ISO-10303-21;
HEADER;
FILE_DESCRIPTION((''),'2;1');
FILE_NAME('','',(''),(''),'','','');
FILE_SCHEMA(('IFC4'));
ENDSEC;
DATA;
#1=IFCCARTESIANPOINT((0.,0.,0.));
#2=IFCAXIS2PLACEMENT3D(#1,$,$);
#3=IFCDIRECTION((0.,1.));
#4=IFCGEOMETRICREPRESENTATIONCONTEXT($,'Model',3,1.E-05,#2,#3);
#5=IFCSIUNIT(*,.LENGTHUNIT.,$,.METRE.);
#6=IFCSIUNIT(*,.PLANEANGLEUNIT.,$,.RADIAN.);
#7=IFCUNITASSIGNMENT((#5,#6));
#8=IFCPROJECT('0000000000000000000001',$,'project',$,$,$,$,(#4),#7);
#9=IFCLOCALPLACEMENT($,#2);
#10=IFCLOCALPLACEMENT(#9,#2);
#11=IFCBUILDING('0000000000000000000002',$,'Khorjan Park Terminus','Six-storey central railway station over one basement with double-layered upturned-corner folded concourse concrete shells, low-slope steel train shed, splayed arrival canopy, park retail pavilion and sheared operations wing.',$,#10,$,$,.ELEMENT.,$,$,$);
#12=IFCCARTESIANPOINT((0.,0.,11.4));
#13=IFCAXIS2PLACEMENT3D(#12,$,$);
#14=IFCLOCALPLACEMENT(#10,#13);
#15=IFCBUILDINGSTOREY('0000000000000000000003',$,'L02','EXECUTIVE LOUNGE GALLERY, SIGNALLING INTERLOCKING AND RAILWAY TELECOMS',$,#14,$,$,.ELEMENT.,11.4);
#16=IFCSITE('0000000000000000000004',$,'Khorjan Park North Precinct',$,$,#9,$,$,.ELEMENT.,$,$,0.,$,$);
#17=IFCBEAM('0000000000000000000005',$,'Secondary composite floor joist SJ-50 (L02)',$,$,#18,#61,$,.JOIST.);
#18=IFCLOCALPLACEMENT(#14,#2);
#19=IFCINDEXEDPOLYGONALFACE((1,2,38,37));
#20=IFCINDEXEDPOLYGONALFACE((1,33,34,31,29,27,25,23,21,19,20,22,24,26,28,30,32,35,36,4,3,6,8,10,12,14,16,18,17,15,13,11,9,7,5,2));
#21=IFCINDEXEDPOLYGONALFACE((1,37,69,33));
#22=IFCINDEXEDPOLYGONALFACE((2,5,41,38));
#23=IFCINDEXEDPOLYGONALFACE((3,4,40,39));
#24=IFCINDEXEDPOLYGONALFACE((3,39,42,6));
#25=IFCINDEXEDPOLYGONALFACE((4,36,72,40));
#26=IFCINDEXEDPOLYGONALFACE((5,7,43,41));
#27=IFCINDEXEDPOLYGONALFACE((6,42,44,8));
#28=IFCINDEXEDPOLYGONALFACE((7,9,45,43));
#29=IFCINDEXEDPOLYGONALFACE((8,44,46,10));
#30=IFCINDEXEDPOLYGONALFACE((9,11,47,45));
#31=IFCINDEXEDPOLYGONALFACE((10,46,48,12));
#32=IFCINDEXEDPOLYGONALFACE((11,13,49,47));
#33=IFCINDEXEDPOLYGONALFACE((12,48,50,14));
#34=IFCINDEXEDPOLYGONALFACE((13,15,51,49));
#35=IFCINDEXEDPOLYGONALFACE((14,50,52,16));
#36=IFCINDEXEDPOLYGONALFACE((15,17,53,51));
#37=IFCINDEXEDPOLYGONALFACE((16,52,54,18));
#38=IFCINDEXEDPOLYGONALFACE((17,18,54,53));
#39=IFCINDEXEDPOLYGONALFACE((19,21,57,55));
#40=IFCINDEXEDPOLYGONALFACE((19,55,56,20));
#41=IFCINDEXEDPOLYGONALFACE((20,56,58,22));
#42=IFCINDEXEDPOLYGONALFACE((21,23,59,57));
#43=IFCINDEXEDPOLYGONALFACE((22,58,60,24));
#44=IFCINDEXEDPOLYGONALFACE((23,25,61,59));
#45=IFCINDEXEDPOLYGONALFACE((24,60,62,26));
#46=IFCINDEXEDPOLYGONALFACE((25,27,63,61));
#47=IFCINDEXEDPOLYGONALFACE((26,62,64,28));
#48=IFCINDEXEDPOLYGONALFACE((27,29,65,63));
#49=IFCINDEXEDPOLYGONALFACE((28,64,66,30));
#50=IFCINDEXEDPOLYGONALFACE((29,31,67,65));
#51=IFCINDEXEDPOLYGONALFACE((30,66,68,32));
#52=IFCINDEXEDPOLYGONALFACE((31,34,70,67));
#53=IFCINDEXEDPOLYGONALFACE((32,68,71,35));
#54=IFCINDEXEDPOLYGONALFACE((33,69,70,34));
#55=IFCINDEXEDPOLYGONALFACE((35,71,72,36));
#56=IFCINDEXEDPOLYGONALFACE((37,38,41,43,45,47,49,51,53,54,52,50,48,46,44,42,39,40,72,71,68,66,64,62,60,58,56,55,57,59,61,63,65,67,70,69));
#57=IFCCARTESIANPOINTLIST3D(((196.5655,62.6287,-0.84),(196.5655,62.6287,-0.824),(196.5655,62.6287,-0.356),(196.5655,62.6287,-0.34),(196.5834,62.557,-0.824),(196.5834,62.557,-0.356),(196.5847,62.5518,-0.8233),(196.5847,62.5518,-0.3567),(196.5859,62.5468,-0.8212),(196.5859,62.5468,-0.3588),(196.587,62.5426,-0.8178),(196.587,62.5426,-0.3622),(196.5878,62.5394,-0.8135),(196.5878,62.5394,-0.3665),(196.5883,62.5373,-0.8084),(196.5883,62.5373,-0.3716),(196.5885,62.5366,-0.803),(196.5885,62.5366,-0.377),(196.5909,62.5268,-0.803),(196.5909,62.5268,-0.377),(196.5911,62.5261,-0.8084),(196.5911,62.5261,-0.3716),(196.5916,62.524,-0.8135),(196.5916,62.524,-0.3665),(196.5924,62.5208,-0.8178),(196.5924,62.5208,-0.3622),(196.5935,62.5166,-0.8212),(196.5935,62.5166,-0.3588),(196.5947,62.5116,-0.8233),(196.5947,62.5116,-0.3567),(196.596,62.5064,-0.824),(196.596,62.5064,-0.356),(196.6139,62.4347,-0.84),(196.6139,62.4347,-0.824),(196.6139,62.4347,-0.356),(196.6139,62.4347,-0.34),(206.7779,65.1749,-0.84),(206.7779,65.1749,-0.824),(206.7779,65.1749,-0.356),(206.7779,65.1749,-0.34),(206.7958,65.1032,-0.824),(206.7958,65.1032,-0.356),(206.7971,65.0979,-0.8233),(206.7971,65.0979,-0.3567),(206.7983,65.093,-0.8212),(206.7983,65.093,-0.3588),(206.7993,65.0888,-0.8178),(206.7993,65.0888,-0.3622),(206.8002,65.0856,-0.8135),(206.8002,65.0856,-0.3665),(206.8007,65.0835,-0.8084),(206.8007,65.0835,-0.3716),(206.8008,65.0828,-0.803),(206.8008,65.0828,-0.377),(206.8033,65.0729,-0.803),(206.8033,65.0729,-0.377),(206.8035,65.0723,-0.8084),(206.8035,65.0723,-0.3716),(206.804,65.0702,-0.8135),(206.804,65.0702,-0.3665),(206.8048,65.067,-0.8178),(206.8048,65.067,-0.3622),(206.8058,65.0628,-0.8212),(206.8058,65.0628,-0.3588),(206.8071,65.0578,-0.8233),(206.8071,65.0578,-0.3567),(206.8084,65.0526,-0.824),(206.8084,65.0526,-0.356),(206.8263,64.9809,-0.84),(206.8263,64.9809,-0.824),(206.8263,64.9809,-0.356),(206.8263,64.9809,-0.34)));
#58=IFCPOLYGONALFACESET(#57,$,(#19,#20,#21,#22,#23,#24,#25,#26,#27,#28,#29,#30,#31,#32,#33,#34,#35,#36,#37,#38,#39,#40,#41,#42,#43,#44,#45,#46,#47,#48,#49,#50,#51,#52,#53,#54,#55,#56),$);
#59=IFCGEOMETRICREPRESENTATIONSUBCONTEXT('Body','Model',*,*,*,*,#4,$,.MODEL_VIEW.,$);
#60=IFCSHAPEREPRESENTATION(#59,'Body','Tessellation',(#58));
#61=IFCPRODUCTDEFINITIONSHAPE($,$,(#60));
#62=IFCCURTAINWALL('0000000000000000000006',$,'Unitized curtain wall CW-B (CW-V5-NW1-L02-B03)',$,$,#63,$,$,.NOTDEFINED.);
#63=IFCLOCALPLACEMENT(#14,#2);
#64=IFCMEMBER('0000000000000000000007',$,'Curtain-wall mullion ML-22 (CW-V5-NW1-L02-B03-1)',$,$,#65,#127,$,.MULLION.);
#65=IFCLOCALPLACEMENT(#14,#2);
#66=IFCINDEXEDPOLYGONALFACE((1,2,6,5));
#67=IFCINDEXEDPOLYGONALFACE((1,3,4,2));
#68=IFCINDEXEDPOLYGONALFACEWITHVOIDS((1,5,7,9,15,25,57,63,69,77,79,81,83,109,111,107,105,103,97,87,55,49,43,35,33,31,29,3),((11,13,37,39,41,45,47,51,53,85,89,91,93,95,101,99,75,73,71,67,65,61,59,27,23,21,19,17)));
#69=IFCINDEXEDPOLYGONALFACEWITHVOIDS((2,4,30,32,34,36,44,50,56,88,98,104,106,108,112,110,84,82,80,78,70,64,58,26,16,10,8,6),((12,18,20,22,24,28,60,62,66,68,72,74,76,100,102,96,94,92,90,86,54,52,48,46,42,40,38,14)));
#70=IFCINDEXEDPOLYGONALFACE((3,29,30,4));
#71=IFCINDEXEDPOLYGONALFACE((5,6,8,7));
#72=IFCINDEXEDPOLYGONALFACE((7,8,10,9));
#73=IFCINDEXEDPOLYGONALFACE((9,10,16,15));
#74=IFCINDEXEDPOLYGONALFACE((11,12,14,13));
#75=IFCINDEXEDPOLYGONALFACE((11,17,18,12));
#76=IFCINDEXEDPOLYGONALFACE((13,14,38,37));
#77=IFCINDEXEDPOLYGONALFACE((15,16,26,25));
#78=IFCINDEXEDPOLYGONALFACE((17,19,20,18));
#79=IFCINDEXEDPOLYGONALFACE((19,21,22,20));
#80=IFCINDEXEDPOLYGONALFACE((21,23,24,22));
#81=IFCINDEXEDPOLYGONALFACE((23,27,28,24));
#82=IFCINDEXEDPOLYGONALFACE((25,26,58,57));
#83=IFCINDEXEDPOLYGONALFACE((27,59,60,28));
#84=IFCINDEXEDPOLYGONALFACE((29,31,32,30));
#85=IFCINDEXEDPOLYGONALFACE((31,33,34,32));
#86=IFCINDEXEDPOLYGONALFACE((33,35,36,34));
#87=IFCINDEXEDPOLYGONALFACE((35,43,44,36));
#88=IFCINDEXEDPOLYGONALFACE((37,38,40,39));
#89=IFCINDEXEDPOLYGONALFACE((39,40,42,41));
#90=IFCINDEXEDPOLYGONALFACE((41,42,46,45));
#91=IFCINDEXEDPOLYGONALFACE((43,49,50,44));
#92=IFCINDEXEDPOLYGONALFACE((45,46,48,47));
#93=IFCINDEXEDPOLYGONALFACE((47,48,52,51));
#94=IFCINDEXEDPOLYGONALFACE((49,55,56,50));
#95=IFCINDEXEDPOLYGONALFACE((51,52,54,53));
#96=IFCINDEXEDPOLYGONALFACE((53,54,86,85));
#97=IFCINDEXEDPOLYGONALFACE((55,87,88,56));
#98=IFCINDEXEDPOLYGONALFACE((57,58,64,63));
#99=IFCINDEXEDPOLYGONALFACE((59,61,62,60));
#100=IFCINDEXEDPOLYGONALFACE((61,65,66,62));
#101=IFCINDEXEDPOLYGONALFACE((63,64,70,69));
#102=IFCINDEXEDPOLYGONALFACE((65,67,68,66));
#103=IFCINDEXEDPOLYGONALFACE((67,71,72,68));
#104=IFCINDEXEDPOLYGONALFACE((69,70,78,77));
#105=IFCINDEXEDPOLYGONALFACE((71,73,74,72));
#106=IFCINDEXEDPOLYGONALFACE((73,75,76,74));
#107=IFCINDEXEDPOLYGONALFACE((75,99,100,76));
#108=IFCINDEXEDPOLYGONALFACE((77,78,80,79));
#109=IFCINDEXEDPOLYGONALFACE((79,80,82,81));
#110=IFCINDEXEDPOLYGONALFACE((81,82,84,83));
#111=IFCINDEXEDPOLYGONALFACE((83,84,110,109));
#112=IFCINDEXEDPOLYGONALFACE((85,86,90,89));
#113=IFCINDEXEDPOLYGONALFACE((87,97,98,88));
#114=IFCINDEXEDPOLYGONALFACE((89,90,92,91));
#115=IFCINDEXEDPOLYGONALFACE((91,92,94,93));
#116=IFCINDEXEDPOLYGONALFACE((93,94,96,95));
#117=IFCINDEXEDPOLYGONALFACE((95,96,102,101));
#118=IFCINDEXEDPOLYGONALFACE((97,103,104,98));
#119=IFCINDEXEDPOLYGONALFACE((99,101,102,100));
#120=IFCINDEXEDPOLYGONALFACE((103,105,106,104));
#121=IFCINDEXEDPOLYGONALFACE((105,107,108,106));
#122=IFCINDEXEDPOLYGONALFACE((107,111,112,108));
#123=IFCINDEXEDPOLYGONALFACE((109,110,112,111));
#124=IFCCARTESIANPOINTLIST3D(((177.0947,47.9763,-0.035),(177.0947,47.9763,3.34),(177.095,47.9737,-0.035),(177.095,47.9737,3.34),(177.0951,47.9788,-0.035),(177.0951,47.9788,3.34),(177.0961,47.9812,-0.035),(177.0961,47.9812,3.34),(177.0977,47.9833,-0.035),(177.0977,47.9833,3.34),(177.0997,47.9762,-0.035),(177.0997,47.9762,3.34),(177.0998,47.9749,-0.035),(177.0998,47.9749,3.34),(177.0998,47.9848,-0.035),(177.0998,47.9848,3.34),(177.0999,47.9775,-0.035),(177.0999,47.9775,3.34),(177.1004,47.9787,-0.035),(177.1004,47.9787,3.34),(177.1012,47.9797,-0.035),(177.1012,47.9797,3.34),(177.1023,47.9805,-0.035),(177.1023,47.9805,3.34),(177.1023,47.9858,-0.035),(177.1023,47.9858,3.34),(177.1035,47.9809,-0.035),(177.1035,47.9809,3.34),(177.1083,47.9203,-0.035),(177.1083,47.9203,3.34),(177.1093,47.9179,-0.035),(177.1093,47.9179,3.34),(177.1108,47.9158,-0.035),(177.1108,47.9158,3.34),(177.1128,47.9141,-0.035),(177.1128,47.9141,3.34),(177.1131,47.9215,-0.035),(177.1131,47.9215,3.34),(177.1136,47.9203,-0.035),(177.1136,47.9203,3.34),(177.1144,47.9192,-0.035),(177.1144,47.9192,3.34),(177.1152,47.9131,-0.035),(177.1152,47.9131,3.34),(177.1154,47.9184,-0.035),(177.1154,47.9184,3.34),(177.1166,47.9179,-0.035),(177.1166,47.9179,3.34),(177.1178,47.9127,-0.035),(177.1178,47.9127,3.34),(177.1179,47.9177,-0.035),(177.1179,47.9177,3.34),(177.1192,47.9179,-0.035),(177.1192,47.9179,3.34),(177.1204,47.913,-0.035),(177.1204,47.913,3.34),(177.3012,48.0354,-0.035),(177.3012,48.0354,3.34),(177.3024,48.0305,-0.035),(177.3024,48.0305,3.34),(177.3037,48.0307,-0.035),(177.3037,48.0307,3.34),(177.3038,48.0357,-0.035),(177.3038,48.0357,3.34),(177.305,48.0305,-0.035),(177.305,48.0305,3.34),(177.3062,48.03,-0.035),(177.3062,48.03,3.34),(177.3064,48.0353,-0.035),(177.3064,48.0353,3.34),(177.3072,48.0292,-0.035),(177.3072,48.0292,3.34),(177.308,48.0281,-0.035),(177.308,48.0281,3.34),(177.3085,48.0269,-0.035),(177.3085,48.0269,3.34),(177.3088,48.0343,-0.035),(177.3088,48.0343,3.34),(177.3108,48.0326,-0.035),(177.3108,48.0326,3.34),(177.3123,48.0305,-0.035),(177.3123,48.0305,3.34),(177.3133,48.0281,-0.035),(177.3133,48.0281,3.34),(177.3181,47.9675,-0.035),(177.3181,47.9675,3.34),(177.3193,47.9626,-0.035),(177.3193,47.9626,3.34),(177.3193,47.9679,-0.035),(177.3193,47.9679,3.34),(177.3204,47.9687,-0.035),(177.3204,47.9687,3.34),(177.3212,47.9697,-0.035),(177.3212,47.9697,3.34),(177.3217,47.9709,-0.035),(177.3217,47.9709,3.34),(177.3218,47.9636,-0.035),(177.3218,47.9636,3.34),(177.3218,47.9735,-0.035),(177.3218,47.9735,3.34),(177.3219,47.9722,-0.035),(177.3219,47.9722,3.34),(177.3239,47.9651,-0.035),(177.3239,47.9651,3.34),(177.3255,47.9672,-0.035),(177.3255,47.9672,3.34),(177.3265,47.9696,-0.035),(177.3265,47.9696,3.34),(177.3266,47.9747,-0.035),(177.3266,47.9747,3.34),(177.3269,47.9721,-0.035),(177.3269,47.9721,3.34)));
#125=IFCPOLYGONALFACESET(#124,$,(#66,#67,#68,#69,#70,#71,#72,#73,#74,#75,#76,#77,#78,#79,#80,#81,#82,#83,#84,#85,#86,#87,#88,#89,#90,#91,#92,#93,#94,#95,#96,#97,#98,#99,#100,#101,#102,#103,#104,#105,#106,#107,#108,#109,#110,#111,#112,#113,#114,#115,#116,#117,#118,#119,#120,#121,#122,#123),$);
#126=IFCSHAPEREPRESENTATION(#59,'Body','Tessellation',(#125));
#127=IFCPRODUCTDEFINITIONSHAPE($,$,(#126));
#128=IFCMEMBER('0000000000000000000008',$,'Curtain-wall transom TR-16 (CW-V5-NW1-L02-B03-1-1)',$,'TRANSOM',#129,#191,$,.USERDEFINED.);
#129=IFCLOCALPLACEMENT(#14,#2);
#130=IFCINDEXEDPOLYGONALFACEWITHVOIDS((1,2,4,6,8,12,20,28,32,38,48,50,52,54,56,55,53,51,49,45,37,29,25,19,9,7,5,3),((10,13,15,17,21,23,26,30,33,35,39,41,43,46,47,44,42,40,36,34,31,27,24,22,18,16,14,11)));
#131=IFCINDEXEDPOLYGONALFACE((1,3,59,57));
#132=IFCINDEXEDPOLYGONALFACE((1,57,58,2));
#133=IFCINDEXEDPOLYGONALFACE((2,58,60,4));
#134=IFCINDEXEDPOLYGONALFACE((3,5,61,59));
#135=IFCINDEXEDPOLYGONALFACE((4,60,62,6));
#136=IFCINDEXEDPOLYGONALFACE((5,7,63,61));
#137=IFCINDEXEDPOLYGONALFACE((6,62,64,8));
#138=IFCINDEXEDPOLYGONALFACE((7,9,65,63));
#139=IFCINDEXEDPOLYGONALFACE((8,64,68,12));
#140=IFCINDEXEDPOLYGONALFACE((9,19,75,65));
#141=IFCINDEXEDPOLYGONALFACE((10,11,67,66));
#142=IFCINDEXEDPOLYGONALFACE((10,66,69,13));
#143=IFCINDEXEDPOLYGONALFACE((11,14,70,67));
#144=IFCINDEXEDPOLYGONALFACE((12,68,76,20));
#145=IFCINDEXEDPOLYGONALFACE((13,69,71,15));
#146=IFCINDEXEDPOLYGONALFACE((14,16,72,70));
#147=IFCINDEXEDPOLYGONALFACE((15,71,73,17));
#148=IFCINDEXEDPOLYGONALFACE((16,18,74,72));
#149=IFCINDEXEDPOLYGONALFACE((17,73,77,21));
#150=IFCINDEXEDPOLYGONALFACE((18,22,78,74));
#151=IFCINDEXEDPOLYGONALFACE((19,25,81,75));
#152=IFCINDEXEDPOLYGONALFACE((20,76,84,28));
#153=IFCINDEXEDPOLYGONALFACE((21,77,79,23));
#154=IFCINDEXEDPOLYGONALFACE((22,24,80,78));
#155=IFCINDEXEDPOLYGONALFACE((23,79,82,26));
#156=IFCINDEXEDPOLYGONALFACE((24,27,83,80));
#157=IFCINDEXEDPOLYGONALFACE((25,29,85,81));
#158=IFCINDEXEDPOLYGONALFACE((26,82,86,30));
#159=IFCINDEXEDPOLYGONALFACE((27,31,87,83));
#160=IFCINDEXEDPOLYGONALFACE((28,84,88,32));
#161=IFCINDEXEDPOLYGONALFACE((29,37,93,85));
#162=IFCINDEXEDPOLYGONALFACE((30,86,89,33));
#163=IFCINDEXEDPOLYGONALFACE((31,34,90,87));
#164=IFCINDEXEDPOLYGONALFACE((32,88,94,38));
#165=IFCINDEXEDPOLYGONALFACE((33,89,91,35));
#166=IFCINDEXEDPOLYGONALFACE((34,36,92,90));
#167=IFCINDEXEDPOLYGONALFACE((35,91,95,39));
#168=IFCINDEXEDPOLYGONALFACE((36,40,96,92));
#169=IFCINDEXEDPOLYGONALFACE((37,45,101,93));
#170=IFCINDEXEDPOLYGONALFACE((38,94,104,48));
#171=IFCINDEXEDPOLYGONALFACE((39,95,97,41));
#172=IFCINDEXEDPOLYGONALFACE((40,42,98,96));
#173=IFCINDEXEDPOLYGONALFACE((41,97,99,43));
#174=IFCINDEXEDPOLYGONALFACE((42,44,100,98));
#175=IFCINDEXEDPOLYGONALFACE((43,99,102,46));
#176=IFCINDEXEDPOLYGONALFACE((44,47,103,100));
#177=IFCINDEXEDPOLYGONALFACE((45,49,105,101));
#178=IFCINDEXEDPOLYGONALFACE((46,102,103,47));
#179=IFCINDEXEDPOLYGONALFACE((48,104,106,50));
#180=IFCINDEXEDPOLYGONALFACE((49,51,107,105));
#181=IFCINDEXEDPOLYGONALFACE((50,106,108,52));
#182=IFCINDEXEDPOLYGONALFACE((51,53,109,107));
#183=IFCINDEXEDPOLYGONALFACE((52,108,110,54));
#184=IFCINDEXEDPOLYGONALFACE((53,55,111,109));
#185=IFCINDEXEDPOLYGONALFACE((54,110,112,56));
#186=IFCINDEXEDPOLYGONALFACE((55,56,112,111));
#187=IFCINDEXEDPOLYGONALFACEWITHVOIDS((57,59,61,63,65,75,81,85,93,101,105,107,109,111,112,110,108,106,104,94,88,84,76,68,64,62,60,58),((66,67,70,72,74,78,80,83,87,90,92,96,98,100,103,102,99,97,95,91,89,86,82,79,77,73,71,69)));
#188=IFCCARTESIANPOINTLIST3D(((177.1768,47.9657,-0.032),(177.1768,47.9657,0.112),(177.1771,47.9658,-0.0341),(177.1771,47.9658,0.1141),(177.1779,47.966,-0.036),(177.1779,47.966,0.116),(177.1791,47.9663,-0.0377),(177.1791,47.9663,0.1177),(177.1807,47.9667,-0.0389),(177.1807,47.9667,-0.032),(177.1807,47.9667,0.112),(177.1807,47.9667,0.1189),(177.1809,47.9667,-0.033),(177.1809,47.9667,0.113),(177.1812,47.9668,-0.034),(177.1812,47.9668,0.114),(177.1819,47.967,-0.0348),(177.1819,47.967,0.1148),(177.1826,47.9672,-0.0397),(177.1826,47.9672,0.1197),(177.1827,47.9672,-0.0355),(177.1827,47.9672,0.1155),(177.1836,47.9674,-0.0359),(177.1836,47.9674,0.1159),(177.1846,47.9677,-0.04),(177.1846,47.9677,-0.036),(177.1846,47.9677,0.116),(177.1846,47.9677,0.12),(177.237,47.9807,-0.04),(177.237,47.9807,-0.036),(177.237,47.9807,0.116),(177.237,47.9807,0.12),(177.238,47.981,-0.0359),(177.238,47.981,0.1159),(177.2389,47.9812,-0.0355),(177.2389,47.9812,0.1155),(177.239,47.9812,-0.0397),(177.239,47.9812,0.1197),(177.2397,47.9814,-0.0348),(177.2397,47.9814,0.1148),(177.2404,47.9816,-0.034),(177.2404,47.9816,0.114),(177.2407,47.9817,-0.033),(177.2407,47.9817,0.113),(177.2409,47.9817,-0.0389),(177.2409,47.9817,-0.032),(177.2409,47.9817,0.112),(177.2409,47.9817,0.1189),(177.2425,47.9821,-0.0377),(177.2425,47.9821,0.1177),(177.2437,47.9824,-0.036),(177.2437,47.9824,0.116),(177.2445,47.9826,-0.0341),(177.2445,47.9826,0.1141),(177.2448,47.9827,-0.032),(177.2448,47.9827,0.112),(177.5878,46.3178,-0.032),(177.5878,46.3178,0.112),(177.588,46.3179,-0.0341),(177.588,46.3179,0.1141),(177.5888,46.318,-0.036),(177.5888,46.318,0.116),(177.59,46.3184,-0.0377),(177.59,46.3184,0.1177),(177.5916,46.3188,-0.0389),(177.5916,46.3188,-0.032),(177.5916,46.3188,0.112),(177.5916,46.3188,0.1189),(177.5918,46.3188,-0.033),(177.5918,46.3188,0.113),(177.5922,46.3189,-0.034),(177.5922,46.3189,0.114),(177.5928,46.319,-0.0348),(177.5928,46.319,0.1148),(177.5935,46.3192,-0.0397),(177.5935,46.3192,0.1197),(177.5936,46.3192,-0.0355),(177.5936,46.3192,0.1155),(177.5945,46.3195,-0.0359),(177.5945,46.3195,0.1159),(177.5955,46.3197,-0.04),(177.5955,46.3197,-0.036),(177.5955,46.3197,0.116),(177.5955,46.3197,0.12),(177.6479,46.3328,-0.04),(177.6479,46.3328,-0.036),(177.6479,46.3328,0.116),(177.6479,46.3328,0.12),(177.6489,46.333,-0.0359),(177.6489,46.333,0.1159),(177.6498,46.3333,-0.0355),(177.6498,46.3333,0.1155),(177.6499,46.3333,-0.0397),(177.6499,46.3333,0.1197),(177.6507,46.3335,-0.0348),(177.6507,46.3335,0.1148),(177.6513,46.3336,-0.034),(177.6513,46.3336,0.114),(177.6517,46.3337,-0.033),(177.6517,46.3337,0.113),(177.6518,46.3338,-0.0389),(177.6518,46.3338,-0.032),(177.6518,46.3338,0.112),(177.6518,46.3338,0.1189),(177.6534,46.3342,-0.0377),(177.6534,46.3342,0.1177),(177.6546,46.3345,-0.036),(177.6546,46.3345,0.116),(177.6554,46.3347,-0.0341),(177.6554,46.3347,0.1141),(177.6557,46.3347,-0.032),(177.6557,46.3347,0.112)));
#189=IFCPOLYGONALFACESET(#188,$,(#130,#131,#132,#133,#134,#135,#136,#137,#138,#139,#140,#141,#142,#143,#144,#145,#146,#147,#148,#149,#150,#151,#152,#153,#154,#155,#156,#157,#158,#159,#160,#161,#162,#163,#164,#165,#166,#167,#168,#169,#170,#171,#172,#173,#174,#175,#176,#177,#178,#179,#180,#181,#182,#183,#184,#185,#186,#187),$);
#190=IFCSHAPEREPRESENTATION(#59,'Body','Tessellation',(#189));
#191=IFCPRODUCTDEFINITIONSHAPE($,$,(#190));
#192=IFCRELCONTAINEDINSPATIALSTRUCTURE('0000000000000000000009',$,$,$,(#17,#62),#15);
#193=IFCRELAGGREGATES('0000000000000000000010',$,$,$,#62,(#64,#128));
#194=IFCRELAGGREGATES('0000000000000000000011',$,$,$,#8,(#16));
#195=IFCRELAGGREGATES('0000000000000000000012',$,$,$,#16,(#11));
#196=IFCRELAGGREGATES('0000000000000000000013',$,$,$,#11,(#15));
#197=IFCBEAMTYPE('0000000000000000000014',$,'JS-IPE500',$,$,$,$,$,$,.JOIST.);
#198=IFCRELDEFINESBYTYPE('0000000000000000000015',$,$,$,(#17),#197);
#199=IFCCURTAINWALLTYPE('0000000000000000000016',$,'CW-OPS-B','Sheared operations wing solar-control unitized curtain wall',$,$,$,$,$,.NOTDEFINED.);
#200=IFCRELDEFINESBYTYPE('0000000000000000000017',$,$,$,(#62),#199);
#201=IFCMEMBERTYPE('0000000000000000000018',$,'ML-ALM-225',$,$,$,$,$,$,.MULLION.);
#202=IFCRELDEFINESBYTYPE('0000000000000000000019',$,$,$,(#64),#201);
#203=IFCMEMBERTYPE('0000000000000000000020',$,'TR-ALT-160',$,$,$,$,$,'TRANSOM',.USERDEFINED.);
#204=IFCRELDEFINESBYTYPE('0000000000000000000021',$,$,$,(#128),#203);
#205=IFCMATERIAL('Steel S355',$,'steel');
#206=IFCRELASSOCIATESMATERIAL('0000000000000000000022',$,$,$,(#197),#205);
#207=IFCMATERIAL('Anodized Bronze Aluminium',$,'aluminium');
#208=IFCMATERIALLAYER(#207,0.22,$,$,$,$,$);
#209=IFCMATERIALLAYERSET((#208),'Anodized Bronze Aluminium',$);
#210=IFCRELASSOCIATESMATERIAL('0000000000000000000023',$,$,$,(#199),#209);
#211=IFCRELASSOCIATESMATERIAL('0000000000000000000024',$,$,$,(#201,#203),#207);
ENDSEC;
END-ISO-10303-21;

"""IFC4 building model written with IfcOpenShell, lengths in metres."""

from ifc_helpers import new_model, si_unit, direction, frame, origin, origin_2d, place, context, subcontext, project, spatial, hollow_rectangle, i_section, extrude, material, layer, layer_set, material_profile, profile_set, type_object, element, aggregate, save


model = new_model("IFC4")

# Units and contexts
model_context = context("Model", 3, precision=1e-05, world=origin(), true_north=direction((0.0, 1.0)))
body_context = subcontext(model_context, "Body", "Model", "MODEL_VIEW")
ifc_project = project(units=[si_unit("LENGTHUNIT", "METRE"), si_unit("PLANEANGLEUNIT", "RADIAN")], contexts=[model_context])

# Site, building, storey
site_placement = place(None, origin())
site = spatial("IfcSite", under=ifc_project, at=site_placement, Name="Khorjan Park North Precinct", CompositionType="ELEMENT", RefElevation=0.0)
building_placement = place(site_placement, origin())
building = spatial("IfcBuilding", under=site, at=building_placement, Name="Khorjan Park Terminus", Description="Six-storey central railway station over one basement with double-layered upturned-corner folded concourse concrete shells, low-slope steel train shed, splayed arrival canopy, park retail pavilion and sheared operations wing.", CompositionType="ELEMENT")
storey_placement = place(building_placement, frame((0.0, 0.0, 11.4)))
storey = spatial("IfcBuildingStorey", under=building, at=storey_placement, Name="L02", Description="EXECUTIVE LOUNGE GALLERY, SIGNALLING INTERLOCKING AND RAILWAY TELECOMS", CompositionType="ELEMENT", Elevation=11.4)

# Beam
ifc_material_1 = material(Name="Steel S355", Category="steel")
ifc_material_profile_1 = material_profile(ifc_material_1, i_section(OverallWidth=0.2, OverallDepth=0.5, WebThickness=0.0102, FlangeThickness=0.016, FilletRadius=0.021, at=origin_2d()), Name="IPE 500")
ifc_profile_set_1 = profile_set([ifc_material_profile_1], Name="Steel S355")
beam_type_1 = type_object("IfcBeamType", Name="JS-IPE500", PredefinedType="JOIST", material=ifc_profile_set_1)
beam_1_placement = place(storey_placement, frame((196.5897, 62.5317, -0.59), z_axis=(0.970297, 0.241919, 0.0), x_axis=(-0.241919, 0.970297, 0.0)))
element("IfcBeam", 1, at=beam_1_placement, inside=storey, type_object=beam_type_1, Name="Secondary composite floor joist SJ-50 (L02)", PredefinedType="JOIST", context=body_context, shape_type="SweptSolid", body=[
    extrude(i_section(OverallWidth=0.2, OverallDepth=0.5, WebThickness=0.0102, FlangeThickness=0.016, FilletRadius=0.021, at=origin_2d()), origin(), (0.0, 0.0, 1.0), 10.525),
])

# Curtain wall, members
ifc_material_2 = material(Name="Anodized Bronze Aluminium", Category="aluminium")
ifc_layer_1 = layer(ifc_material_2, 0.22)
ifc_layer_set_1 = layer_set([ifc_layer_1], Name="Anodized Bronze Aluminium")
curtain_wall_type = type_object("IfcCurtainWallType", Name="CW-OPS-B", Description="Sheared operations wing solar-control unitized curtain wall", PredefinedType="NOTDEFINED", material=ifc_layer_set_1)
curtain_wall_placement = place(storey_placement, origin())
curtain_wall = element("IfcCurtainWall", 2, at=curtain_wall_placement, inside=storey, type_object=curtain_wall_type, Name="Unitized curtain wall CW-B (CW-V5-NW1-L02-B03)", PredefinedType="NOTDEFINED")
ifc_material_profile_2 = material_profile(ifc_material_2, hollow_rectangle(XDim=0.075, YDim=0.225, WallThickness=0.005, InnerFilletRadius=0.005, OuterFilletRadius=0.01, at=origin_2d()), Name="ALM 75x225x5")
ifc_profile_set_2 = profile_set([ifc_material_profile_2], Name="Anodized Bronze Aluminium")
member_type_1 = type_object("IfcMemberType", Name="ML-ALM-225", PredefinedType="MULLION", material=ifc_profile_set_2)
member_1_placement = place(storey_placement, frame((177.2108, 47.9742, -0.035), z_axis=(0.0, 0.0, 1.0), x_axis=(0.241921, -0.970296, 0.0)))
member_1 = element("IfcMember", 3, at=member_1_placement, type_object=member_type_1, Name="Curtain-wall mullion ML-22 (CW-V5-NW1-L02-B03-1)", PredefinedType="MULLION", context=body_context, shape_type="SweptSolid", body=[
    extrude(hollow_rectangle(XDim=0.075, YDim=0.225, WallThickness=0.005, InnerFilletRadius=0.005, OuterFilletRadius=0.01, at=origin_2d()), origin(), (0.0, 0.0, 1.0), 3.375),
])
ifc_material_profile_3 = material_profile(ifc_material_2, hollow_rectangle(XDim=0.07, YDim=0.16, WallThickness=0.004, InnerFilletRadius=0.004, OuterFilletRadius=0.008, at=origin_2d()), Name="ALT 70x160x4")
ifc_profile_set_3 = profile_set([ifc_material_profile_3], Name="Anodized Bronze Aluminium")
member_type_2 = type_object("IfcMemberType", Name="TR-ALT-160", ElementType="TRANSOM", PredefinedType="USERDEFINED", material=ifc_profile_set_3)
member_2_placement = place(storey_placement, frame((177.2108, 47.9742, 0.04), z_axis=(0.24194, -0.970291, 0.0), x_axis=(0.970291, 0.24194, 0.0)))
member_2 = element("IfcMember", 4, at=member_2_placement, type_object=member_type_2, Name="Curtain-wall transom TR-16 (CW-V5-NW1-L02-B03-1-1)", ObjectType="TRANSOM", PredefinedType="USERDEFINED", context=body_context, shape_type="SweptSolid", body=[
    extrude(hollow_rectangle(XDim=0.07, YDim=0.16, WallThickness=0.004, InnerFilletRadius=0.004, OuterFilletRadius=0.008, at=origin_2d()), origin(), (0.0, 0.0, 1.0), 1.6984),
])
aggregate(curtain_wall, [member_1, member_2])

save(model, "model.ifc")
